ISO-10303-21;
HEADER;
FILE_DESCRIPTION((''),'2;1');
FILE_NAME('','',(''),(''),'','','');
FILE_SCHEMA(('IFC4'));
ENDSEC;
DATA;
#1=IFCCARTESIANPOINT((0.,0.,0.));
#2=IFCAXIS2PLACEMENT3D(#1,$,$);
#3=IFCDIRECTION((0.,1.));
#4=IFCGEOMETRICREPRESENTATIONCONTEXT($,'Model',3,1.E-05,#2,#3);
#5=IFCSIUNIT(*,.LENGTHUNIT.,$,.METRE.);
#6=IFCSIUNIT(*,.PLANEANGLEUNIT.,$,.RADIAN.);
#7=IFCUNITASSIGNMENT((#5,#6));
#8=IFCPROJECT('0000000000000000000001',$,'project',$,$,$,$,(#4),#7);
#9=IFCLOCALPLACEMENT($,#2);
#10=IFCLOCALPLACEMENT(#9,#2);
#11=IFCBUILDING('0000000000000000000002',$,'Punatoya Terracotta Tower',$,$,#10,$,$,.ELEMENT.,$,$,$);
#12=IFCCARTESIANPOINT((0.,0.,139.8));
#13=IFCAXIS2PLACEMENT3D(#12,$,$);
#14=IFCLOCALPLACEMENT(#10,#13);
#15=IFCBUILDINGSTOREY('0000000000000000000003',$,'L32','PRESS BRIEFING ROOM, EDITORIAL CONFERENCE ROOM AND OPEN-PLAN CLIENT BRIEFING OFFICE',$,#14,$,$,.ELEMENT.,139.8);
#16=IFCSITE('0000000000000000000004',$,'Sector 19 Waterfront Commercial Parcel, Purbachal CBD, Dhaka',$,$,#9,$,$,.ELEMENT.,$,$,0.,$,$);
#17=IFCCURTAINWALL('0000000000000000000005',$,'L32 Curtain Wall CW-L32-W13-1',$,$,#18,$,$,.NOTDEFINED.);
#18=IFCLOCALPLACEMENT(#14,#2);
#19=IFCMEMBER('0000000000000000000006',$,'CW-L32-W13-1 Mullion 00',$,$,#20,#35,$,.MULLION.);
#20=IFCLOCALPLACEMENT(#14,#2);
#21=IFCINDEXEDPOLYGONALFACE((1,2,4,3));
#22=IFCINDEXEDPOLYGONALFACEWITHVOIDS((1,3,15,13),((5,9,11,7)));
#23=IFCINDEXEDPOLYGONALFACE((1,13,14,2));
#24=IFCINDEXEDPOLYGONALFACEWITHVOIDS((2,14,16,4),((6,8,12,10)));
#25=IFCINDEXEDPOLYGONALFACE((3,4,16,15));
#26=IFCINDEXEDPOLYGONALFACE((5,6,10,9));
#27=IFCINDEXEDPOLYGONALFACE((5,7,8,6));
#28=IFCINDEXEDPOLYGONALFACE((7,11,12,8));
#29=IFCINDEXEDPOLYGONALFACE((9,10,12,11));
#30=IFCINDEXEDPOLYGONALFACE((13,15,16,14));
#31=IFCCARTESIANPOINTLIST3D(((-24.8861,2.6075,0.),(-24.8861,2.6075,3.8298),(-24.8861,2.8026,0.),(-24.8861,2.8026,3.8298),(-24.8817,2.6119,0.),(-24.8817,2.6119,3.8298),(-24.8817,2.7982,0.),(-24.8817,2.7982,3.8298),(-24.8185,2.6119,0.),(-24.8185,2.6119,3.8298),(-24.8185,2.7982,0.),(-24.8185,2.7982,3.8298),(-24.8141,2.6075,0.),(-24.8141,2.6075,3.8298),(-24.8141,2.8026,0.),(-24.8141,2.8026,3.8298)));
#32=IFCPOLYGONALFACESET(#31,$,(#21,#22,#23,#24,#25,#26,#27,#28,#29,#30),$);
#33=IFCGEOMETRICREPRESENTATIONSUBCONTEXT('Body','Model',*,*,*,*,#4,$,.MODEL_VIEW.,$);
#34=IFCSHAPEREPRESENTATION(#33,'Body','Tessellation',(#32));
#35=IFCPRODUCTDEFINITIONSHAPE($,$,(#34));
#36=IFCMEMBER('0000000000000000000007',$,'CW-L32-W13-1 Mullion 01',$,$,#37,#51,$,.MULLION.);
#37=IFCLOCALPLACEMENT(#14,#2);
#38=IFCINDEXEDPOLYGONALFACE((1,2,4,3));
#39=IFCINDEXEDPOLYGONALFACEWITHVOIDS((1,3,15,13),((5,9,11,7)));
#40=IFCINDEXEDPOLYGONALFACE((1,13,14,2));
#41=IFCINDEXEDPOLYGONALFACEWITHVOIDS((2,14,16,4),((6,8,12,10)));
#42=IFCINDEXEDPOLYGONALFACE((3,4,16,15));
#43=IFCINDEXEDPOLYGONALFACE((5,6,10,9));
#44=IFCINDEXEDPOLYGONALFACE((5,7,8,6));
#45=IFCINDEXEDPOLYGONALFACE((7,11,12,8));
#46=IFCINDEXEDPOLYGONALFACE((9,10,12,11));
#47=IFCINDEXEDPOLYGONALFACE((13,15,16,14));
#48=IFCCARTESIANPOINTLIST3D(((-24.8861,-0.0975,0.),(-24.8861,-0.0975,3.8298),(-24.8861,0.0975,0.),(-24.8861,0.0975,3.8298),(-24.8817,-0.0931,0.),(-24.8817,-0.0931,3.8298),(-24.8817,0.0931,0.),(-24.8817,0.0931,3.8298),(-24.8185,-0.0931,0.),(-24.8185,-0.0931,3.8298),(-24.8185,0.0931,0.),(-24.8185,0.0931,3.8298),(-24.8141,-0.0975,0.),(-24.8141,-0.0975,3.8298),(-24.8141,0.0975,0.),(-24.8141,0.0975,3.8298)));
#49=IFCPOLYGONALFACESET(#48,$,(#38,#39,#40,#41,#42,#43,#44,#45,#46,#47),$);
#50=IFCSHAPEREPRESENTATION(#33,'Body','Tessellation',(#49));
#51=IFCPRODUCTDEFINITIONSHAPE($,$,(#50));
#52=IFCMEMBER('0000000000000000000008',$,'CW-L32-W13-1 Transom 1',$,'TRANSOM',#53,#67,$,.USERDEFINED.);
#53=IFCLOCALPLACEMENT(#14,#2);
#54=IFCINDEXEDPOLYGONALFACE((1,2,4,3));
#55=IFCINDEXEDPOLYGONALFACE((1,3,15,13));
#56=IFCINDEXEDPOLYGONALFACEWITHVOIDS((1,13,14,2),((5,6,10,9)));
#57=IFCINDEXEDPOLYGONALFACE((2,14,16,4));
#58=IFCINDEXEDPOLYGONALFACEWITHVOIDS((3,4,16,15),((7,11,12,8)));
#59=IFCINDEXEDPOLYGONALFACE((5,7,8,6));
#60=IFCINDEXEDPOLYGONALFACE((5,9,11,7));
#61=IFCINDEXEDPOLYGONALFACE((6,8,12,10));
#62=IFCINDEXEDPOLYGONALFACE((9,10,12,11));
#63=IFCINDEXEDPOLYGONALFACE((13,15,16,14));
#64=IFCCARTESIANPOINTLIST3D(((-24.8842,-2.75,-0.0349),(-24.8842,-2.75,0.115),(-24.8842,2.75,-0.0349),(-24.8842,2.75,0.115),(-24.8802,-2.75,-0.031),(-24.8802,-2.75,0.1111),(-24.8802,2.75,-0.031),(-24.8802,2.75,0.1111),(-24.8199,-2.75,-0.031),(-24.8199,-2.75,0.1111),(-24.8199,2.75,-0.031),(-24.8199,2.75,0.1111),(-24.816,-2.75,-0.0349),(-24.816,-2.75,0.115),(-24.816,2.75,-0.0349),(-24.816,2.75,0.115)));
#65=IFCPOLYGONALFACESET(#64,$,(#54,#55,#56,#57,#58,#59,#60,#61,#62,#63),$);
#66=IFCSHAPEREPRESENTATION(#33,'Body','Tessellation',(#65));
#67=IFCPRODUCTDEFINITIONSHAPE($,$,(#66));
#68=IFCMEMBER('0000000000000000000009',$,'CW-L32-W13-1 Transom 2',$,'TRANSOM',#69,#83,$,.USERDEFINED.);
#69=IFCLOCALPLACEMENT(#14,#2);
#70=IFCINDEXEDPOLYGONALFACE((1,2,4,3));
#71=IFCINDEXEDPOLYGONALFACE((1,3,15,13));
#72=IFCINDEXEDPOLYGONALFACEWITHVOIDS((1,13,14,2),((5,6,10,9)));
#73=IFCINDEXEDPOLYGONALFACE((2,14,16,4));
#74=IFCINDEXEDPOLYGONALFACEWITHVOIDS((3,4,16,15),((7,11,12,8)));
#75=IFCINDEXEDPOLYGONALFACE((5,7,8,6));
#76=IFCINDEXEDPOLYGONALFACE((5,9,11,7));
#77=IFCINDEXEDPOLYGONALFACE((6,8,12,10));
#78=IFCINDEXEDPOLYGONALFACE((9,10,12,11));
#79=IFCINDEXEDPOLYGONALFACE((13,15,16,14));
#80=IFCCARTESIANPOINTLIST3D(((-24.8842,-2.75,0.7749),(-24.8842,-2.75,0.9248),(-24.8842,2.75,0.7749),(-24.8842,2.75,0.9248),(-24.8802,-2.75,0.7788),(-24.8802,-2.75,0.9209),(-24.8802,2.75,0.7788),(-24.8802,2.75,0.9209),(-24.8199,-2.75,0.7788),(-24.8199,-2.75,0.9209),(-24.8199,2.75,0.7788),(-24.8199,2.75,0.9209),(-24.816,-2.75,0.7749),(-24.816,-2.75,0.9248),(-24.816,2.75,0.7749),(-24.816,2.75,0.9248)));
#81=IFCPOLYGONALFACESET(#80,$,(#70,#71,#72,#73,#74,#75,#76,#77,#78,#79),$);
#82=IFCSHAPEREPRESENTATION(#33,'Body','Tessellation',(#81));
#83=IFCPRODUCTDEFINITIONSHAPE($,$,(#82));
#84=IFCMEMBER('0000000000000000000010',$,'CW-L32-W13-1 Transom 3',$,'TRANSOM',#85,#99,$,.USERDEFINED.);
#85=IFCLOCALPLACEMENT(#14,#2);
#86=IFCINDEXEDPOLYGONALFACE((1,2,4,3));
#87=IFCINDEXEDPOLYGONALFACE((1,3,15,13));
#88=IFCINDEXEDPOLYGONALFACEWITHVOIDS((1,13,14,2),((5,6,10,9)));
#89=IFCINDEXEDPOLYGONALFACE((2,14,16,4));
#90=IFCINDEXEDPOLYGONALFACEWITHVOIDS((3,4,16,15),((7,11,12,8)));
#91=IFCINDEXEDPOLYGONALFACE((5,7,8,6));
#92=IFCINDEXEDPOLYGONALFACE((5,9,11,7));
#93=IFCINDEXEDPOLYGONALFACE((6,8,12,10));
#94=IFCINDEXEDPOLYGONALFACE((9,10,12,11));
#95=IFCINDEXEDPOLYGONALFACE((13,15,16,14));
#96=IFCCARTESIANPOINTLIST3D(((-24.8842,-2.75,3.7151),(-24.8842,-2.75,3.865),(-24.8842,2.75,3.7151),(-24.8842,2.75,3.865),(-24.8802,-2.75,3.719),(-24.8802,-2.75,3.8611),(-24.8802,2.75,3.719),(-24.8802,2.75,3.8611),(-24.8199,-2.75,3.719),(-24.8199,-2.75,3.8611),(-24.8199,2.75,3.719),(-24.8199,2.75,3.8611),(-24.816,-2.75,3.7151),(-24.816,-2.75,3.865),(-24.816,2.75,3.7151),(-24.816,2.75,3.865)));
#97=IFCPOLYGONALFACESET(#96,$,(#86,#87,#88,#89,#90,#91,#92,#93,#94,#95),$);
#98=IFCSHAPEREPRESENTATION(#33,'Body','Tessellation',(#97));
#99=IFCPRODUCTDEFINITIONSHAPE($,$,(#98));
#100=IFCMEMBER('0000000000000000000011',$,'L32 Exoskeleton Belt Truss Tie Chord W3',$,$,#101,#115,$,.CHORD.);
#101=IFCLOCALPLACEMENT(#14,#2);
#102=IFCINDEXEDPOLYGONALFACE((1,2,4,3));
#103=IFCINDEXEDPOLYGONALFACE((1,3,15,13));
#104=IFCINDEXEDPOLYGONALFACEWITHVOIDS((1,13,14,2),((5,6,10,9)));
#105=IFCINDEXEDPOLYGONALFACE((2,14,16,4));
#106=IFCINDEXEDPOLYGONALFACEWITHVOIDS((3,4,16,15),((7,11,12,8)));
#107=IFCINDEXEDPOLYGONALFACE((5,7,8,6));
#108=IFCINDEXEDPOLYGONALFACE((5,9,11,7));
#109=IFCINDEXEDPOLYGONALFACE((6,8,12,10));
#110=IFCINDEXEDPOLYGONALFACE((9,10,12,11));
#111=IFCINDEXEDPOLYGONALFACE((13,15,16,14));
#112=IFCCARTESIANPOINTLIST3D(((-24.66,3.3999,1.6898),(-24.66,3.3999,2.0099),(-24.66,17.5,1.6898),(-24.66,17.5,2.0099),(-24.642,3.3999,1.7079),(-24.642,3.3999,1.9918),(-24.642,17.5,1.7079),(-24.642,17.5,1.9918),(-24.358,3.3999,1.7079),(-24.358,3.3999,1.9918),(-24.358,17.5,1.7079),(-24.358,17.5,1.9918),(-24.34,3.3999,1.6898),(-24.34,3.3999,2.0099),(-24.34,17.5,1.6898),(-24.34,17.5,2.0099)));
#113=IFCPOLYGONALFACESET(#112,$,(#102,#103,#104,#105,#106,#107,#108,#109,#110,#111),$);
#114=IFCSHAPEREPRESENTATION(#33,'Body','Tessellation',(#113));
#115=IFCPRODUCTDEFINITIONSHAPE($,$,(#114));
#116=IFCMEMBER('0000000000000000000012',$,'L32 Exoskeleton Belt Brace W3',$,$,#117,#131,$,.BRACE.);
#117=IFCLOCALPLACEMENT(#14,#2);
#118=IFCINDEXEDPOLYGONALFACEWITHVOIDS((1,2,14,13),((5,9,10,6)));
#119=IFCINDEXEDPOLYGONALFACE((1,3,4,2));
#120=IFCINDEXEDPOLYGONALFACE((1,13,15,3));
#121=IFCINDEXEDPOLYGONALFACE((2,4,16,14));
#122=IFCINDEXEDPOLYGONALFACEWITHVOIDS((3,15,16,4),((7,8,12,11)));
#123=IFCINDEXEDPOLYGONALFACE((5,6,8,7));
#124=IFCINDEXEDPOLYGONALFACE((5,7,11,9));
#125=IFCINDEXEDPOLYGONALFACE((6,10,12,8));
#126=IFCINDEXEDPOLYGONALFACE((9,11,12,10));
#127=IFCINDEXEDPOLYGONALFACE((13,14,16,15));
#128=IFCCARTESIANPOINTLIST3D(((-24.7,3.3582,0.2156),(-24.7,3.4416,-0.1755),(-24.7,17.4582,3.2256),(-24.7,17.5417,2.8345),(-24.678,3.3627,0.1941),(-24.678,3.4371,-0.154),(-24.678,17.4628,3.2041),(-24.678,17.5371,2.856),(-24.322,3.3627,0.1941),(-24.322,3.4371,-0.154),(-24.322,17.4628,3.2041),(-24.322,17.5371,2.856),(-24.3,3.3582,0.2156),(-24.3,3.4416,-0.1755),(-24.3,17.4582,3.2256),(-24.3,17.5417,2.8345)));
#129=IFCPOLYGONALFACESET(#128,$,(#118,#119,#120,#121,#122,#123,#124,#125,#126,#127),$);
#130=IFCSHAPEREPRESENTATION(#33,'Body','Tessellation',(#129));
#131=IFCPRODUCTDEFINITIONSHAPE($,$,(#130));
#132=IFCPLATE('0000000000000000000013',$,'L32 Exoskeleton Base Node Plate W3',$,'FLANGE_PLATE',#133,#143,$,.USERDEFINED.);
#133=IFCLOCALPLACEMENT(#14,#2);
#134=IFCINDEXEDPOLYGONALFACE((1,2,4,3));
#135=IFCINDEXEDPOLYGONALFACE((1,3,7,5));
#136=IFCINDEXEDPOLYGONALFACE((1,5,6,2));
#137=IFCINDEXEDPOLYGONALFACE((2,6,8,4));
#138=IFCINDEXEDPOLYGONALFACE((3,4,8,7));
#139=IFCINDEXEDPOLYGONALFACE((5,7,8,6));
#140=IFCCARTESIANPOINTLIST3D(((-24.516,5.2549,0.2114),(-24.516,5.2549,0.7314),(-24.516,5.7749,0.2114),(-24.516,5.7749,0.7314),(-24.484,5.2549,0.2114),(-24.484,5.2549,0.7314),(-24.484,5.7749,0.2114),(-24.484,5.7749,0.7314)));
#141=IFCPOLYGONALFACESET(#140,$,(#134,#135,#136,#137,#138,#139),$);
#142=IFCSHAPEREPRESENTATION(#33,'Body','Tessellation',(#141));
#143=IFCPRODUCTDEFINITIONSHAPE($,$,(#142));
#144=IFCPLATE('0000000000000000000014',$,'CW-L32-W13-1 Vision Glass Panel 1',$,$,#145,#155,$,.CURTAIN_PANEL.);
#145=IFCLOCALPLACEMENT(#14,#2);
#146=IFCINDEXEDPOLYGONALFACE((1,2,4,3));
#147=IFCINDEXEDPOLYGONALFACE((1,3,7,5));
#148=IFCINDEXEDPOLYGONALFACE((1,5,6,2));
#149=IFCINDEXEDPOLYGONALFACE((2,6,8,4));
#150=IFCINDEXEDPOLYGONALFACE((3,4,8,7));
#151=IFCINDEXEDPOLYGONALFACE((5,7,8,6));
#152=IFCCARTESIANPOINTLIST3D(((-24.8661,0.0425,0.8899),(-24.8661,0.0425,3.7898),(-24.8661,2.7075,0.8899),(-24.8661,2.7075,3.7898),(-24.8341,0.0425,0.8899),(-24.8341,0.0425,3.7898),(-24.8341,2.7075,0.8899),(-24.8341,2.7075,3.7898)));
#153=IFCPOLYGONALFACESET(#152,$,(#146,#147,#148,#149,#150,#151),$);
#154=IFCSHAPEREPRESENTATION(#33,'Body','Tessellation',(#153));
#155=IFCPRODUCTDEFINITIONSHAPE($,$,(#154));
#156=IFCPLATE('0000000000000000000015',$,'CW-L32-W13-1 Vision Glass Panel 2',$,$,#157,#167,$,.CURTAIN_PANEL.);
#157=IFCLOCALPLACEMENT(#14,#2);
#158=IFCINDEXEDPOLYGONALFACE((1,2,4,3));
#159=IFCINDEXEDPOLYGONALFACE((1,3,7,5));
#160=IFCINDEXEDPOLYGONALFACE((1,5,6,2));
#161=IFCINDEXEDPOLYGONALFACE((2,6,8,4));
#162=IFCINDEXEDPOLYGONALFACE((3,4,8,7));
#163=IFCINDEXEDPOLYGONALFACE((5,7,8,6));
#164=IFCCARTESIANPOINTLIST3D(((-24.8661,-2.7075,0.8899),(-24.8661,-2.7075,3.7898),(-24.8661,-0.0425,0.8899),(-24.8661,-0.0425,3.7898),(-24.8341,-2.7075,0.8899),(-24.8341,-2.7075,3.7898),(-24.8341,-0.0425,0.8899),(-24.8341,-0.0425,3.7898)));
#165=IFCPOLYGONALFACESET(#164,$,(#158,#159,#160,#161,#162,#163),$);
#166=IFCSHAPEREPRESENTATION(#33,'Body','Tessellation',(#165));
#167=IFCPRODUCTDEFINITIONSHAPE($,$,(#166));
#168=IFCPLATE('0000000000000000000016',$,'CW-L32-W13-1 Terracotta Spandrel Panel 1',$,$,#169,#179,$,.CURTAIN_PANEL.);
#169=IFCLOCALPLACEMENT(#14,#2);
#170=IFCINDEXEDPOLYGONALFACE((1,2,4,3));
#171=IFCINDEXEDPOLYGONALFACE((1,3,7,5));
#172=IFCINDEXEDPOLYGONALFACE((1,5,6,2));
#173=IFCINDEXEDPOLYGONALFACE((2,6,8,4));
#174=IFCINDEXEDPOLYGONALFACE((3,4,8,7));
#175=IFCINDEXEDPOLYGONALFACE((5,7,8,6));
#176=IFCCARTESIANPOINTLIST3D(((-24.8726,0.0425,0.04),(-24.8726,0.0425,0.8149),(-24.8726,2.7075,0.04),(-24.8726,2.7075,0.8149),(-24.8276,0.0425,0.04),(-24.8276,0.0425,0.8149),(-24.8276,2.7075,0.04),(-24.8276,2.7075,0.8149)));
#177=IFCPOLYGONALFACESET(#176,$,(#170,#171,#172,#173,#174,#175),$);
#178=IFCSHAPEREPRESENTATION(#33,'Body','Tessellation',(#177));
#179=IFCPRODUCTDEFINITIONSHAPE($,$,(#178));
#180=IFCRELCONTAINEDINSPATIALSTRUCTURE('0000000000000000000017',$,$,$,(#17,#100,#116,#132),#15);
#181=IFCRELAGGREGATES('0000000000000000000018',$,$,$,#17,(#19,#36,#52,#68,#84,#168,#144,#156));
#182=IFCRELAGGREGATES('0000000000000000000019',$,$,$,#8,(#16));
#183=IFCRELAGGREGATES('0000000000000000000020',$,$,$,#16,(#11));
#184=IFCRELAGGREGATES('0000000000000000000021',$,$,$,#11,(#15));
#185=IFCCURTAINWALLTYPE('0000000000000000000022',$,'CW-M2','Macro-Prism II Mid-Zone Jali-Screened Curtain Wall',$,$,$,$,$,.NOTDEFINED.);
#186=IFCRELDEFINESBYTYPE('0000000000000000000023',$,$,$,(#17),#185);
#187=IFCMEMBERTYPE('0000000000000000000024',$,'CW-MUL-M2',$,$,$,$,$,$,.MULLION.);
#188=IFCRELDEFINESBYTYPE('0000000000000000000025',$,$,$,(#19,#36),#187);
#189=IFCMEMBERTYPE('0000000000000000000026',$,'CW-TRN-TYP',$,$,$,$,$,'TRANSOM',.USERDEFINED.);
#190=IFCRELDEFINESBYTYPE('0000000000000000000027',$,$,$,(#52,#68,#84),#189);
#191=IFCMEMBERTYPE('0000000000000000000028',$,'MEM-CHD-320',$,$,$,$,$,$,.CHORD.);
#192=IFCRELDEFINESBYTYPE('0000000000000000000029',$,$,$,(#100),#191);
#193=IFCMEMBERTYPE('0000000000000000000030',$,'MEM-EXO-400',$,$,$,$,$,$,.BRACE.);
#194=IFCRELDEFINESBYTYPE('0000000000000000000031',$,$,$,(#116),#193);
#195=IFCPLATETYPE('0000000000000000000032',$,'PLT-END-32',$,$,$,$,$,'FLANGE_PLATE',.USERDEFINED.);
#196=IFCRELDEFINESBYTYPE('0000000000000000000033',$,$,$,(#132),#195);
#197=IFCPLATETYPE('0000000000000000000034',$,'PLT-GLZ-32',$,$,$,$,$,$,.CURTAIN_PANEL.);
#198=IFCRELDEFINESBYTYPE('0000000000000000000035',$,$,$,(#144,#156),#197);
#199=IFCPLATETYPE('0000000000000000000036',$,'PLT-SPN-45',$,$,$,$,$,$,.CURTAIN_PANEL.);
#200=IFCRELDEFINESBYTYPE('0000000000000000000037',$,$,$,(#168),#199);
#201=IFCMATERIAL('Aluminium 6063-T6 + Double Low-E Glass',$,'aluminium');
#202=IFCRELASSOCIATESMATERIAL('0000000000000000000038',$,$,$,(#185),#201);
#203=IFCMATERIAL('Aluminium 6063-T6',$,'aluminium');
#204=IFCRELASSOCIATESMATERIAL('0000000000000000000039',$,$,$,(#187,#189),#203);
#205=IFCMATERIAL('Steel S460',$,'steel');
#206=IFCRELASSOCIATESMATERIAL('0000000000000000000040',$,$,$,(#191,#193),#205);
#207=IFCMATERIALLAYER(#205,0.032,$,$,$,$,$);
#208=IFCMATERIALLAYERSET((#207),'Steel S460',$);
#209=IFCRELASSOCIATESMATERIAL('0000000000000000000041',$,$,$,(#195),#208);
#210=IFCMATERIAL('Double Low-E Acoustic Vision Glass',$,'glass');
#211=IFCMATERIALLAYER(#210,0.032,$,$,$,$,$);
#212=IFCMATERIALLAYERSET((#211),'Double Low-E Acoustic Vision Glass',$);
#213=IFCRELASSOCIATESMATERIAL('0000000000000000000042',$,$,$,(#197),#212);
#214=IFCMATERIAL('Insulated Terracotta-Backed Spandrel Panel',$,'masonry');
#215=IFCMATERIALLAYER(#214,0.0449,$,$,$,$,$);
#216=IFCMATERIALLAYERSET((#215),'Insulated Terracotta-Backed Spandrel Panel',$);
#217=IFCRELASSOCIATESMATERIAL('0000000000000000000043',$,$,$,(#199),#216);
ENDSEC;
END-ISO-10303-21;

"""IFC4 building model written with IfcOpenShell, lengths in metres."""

from ifc_helpers import new_model, si_unit, direction, frame, origin, origin_2d, place, context, subcontext, project, spatial, rectangle, hollow_rectangle, extrude, material, layer, layer_set, material_profile, profile_set, type_object, element, aggregate, save


model = new_model("IFC4")

# Units and contexts
model_context = context("Model", 3, precision=1e-05, world=origin(), true_north=direction((0.0, 1.0)))
body_context = subcontext(model_context, "Body", "Model", "MODEL_VIEW")
ifc_project = project(units=[si_unit("LENGTHUNIT", "METRE"), si_unit("PLANEANGLEUNIT", "RADIAN")], contexts=[model_context])

# Site, building, storey
site_placement = place(None, origin())
site = spatial("IfcSite", under=ifc_project, at=site_placement, Name="Sector 19 Waterfront Commercial Parcel, Purbachal CBD, Dhaka", CompositionType="ELEMENT", RefElevation=0.0)
building_placement = place(site_placement, origin())
building = spatial("IfcBuilding", under=site, at=building_placement, Name="Punatoya Terracotta Tower", CompositionType="ELEMENT")
storey_placement = place(building_placement, frame((0.0, 0.0, 139.8)))
storey = spatial("IfcBuildingStorey", under=building, at=storey_placement, Name="L32", Description="PRESS BRIEFING ROOM, EDITORIAL CONFERENCE ROOM AND OPEN-PLAN CLIENT BRIEFING OFFICE", CompositionType="ELEMENT", Elevation=139.8)

# Shared definitions
ifc_material_1 = material(Name="Steel S460", Category="steel")

# Curtain wall, members
ifc_material_2 = material(Name="Aluminium 6063-T6 + Double Low-E Glass", Category="aluminium")
curtain_wall_type = type_object("IfcCurtainWallType", Name="CW-M2", Description="Macro-Prism II Mid-Zone Jali-Screened Curtain Wall", PredefinedType="NOTDEFINED", material=ifc_material_2)
curtain_wall_placement = place(storey_placement, origin())
curtain_wall = element("IfcCurtainWall", 1, at=curtain_wall_placement, inside=storey, type_object=curtain_wall_type, Name="L32 Curtain Wall CW-L32-W13-1", PredefinedType="NOTDEFINED")
ifc_material_3 = material(Name="Aluminium 6063-T6", Category="aluminium")
ifc_material_profile_1 = material_profile(ifc_material_3, hollow_rectangle(XDim=0.072, YDim=0.1951, WallThickness=0.0044, at=origin_2d()))
ifc_profile_set_1 = profile_set([ifc_material_profile_1], Name="Aluminium 6063-T6")
member_type_1 = type_object("IfcMemberType", Name="CW-MUL-M2", PredefinedType="MULLION", material=ifc_profile_set_1)
member_1_placement = place(storey_placement, frame((-24.8501, 2.7051, 0.0), z_axis=(0.0, 0.0, 1.0), x_axis=(1.0, 0.0, 0.0)))
member_1 = element("IfcMember", 2, at=member_1_placement, type_object=member_type_1, Name="CW-L32-W13-1 Mullion 00", PredefinedType="MULLION", context=body_context, shape_type="SweptSolid", body=[
    extrude(hollow_rectangle(XDim=0.072, YDim=0.1951, WallThickness=0.0044, at=origin_2d()), origin(), (0.0, 0.0, 1.0), 3.8298),
])
member_2_placement = place(storey_placement, frame((-24.8501, 0.0, 0.0), z_axis=(0.0, 0.0, 1.0), x_axis=(1.0, 0.0, 0.0)))
member_2 = element("IfcMember", 3, at=member_2_placement, type_object=member_type_1, Name="CW-L32-W13-1 Mullion 01", PredefinedType="MULLION", context=body_context, shape_type="SweptSolid", body=[
    extrude(hollow_rectangle(XDim=0.072, YDim=0.1951, WallThickness=0.0044, at=origin_2d()), origin(), (0.0, 0.0, 1.0), 3.8298),
])
ifc_material_profile_2 = material_profile(ifc_material_3, hollow_rectangle(XDim=0.0681, YDim=0.1499, WallThickness=0.0039, at=origin_2d()))
ifc_profile_set_2 = profile_set([ifc_material_profile_2], Name="Aluminium 6063-T6")
member_type_2 = type_object("IfcMemberType", Name="CW-TRN-TYP", ElementType="TRANSOM", PredefinedType="USERDEFINED", material=ifc_profile_set_2)
member_3_placement = place(storey_placement, frame((-24.8501, 2.75, 0.04), z_axis=(0.0, -1.0, 0.0), x_axis=(1.0, 0.0, 0.0)))
member_3 = element("IfcMember", 4, at=member_3_placement, type_object=member_type_2, Name="CW-L32-W13-1 Transom 1", ObjectType="TRANSOM", PredefinedType="USERDEFINED", context=body_context, shape_type="SweptSolid", body=[
    extrude(hollow_rectangle(XDim=0.0681, YDim=0.1499, WallThickness=0.0039, at=origin_2d()), origin(), (0.0, 0.0, 1.0), 5.5),
])
member_4_placement = place(storey_placement, frame((-24.8501, 2.75, 0.8499), z_axis=(0.0, -1.0, 0.0), x_axis=(1.0, 0.0, 0.0)))
member_4 = element("IfcMember", 5, at=member_4_placement, type_object=member_type_2, Name="CW-L32-W13-1 Transom 2", ObjectType="TRANSOM", PredefinedType="USERDEFINED", context=body_context, shape_type="SweptSolid", body=[
    extrude(hollow_rectangle(XDim=0.0681, YDim=0.1499, WallThickness=0.0039, at=origin_2d()), origin(), (0.0, 0.0, 1.0), 5.5),
])
member_5_placement = place(storey_placement, frame((-24.8501, 2.75, 3.79), z_axis=(0.0, -1.0, 0.0), x_axis=(1.0, 0.0, 0.0)))
member_5 = element("IfcMember", 6, at=member_5_placement, type_object=member_type_2, Name="CW-L32-W13-1 Transom 3", ObjectType="TRANSOM", PredefinedType="USERDEFINED", context=body_context, shape_type="SweptSolid", body=[
    extrude(hollow_rectangle(XDim=0.0681, YDim=0.1499, WallThickness=0.0039, at=origin_2d()), origin(), (0.0, 0.0, 1.0), 5.5),
])

# Members
ifc_material_profile_3 = material_profile(ifc_material_1, hollow_rectangle(XDim=0.3201, YDim=0.3201, WallThickness=0.0181, at=origin_2d()))
ifc_profile_set_3 = profile_set([ifc_material_profile_3], Name="Steel S460")
member_type_3 = type_object("IfcMemberType", Name="MEM-CHD-320", PredefinedType="CHORD", material=ifc_profile_set_3)
member_6_placement = place(storey_placement, frame((-24.5, 3.3999, 1.8499), z_axis=(0.0, 1.0, 0.0), x_axis=(-1.0, 0.0, 0.0)))
element("IfcMember", 7, at=member_6_placement, inside=storey, type_object=member_type_3, Name="L32 Exoskeleton Belt Truss Tie Chord W3", PredefinedType="CHORD", context=body_context, shape_type="SweptSolid", body=[
    extrude(hollow_rectangle(XDim=0.3201, YDim=0.3201, WallThickness=0.0181, at=origin_2d()), origin(), (0.0, 0.0, 1.0), 14.1001),
])
ifc_material_profile_4 = material_profile(ifc_material_1, hollow_rectangle(XDim=0.3999, YDim=0.3999, WallThickness=0.022, at=origin_2d()))
ifc_profile_set_4 = profile_set([ifc_material_profile_4], Name="Steel S460")
member_type_4 = type_object("IfcMemberType", Name="MEM-EXO-400", PredefinedType="BRACE", material=ifc_profile_set_4)
member_7_placement = place(storey_placement, frame((-24.5, 3.3999, 0.02), z_axis=(0.0, 0.977965, 0.20877), x_axis=(-1.0, 0.0, 0.0)))
element("IfcMember", 8, at=member_7_placement, inside=storey, type_object=member_type_4, Name="L32 Exoskeleton Belt Brace W3", PredefinedType="BRACE", context=body_context, shape_type="SweptSolid", body=[
    extrude(hollow_rectangle(XDim=0.3999, YDim=0.3999, WallThickness=0.022, at=origin_2d()), origin(), (0.0, 0.0, 1.0), 14.4177),
])

# Plates
ifc_layer_1 = layer(ifc_material_1, 0.032)
ifc_layer_set_1 = layer_set([ifc_layer_1], Name="Steel S460")
plate_type_1 = type_object("IfcPlateType", Name="PLT-END-32", ElementType="FLANGE_PLATE", PredefinedType="USERDEFINED", material=ifc_layer_set_1)
plate_1_placement = place(storey_placement, frame((-24.5, 5.5149, 0.2114), z_axis=(0.0, 0.0, 1.0), x_axis=(0.0, 1.0, 0.0)))
element("IfcPlate", 9, at=plate_1_placement, inside=storey, type_object=plate_type_1, Name="L32 Exoskeleton Base Node Plate W3", ObjectType="FLANGE_PLATE", PredefinedType="USERDEFINED", context=body_context, shape_type="SweptSolid", body=[
    extrude(rectangle(XDim=0.52, YDim=0.032, at=origin_2d()), origin(), (0.0, 0.0, 1.0), 0.52),
])
ifc_material_4 = material(Name="Double Low-E Acoustic Vision Glass", Category="glass")
ifc_layer_2 = layer(ifc_material_4, 0.032)
ifc_layer_set_2 = layer_set([ifc_layer_2], Name="Double Low-E Acoustic Vision Glass")
plate_type_2 = type_object("IfcPlateType", Name="PLT-GLZ-32", PredefinedType="CURTAIN_PANEL", material=ifc_layer_set_2)
plate_2_placement = place(storey_placement, frame((-24.8501, 1.375, 0.8899), z_axis=(0.0, 0.0, 1.0), x_axis=(0.0, -1.0, 0.0)))
plate_2 = element("IfcPlate", 10, at=plate_2_placement, type_object=plate_type_2, Name="CW-L32-W13-1 Vision Glass Panel 1", PredefinedType="CURTAIN_PANEL", context=body_context, shape_type="SweptSolid", body=[
    extrude(rectangle(XDim=2.665, YDim=0.032, at=origin_2d()), origin(), (0.0, 0.0, 1.0), 2.8999),
])
plate_3_placement = place(storey_placement, frame((-24.8501, -1.375, 0.8899), z_axis=(0.0, 0.0, 1.0), x_axis=(0.0, -1.0, 0.0)))
plate_3 = element("IfcPlate", 11, at=plate_3_placement, type_object=plate_type_2, Name="CW-L32-W13-1 Vision Glass Panel 2", PredefinedType="CURTAIN_PANEL", context=body_context, shape_type="SweptSolid", body=[
    extrude(rectangle(XDim=2.665, YDim=0.032, at=origin_2d()), origin(), (0.0, 0.0, 1.0), 2.8999),
])
ifc_material_5 = material(Name="Insulated Terracotta-Backed Spandrel Panel", Category="masonry")
ifc_layer_3 = layer(ifc_material_5, 0.0449)
ifc_layer_set_3 = layer_set([ifc_layer_3], Name="Insulated Terracotta-Backed Spandrel Panel")
plate_type_3 = type_object("IfcPlateType", Name="PLT-SPN-45", PredefinedType="CURTAIN_PANEL", material=ifc_layer_set_3)
plate_4_placement = place(storey_placement, frame((-24.8501, 1.375, 0.04), z_axis=(0.0, 0.0, 1.0), x_axis=(0.0, -1.0, 0.0)))
plate_4 = element("IfcPlate", 12, at=plate_4_placement, type_object=plate_type_3, Name="CW-L32-W13-1 Terracotta Spandrel Panel 1", PredefinedType="CURTAIN_PANEL", context=body_context, shape_type="SweptSolid", body=[
    extrude(rectangle(XDim=2.665, YDim=0.0449, at=origin_2d()), origin(), (0.0, 0.0, 1.0), 0.7749),
])
aggregate(curtain_wall, [member_1, member_2, member_3, member_4, member_5, plate_4, plate_2, plate_3])

save(model, "model.ifc")
